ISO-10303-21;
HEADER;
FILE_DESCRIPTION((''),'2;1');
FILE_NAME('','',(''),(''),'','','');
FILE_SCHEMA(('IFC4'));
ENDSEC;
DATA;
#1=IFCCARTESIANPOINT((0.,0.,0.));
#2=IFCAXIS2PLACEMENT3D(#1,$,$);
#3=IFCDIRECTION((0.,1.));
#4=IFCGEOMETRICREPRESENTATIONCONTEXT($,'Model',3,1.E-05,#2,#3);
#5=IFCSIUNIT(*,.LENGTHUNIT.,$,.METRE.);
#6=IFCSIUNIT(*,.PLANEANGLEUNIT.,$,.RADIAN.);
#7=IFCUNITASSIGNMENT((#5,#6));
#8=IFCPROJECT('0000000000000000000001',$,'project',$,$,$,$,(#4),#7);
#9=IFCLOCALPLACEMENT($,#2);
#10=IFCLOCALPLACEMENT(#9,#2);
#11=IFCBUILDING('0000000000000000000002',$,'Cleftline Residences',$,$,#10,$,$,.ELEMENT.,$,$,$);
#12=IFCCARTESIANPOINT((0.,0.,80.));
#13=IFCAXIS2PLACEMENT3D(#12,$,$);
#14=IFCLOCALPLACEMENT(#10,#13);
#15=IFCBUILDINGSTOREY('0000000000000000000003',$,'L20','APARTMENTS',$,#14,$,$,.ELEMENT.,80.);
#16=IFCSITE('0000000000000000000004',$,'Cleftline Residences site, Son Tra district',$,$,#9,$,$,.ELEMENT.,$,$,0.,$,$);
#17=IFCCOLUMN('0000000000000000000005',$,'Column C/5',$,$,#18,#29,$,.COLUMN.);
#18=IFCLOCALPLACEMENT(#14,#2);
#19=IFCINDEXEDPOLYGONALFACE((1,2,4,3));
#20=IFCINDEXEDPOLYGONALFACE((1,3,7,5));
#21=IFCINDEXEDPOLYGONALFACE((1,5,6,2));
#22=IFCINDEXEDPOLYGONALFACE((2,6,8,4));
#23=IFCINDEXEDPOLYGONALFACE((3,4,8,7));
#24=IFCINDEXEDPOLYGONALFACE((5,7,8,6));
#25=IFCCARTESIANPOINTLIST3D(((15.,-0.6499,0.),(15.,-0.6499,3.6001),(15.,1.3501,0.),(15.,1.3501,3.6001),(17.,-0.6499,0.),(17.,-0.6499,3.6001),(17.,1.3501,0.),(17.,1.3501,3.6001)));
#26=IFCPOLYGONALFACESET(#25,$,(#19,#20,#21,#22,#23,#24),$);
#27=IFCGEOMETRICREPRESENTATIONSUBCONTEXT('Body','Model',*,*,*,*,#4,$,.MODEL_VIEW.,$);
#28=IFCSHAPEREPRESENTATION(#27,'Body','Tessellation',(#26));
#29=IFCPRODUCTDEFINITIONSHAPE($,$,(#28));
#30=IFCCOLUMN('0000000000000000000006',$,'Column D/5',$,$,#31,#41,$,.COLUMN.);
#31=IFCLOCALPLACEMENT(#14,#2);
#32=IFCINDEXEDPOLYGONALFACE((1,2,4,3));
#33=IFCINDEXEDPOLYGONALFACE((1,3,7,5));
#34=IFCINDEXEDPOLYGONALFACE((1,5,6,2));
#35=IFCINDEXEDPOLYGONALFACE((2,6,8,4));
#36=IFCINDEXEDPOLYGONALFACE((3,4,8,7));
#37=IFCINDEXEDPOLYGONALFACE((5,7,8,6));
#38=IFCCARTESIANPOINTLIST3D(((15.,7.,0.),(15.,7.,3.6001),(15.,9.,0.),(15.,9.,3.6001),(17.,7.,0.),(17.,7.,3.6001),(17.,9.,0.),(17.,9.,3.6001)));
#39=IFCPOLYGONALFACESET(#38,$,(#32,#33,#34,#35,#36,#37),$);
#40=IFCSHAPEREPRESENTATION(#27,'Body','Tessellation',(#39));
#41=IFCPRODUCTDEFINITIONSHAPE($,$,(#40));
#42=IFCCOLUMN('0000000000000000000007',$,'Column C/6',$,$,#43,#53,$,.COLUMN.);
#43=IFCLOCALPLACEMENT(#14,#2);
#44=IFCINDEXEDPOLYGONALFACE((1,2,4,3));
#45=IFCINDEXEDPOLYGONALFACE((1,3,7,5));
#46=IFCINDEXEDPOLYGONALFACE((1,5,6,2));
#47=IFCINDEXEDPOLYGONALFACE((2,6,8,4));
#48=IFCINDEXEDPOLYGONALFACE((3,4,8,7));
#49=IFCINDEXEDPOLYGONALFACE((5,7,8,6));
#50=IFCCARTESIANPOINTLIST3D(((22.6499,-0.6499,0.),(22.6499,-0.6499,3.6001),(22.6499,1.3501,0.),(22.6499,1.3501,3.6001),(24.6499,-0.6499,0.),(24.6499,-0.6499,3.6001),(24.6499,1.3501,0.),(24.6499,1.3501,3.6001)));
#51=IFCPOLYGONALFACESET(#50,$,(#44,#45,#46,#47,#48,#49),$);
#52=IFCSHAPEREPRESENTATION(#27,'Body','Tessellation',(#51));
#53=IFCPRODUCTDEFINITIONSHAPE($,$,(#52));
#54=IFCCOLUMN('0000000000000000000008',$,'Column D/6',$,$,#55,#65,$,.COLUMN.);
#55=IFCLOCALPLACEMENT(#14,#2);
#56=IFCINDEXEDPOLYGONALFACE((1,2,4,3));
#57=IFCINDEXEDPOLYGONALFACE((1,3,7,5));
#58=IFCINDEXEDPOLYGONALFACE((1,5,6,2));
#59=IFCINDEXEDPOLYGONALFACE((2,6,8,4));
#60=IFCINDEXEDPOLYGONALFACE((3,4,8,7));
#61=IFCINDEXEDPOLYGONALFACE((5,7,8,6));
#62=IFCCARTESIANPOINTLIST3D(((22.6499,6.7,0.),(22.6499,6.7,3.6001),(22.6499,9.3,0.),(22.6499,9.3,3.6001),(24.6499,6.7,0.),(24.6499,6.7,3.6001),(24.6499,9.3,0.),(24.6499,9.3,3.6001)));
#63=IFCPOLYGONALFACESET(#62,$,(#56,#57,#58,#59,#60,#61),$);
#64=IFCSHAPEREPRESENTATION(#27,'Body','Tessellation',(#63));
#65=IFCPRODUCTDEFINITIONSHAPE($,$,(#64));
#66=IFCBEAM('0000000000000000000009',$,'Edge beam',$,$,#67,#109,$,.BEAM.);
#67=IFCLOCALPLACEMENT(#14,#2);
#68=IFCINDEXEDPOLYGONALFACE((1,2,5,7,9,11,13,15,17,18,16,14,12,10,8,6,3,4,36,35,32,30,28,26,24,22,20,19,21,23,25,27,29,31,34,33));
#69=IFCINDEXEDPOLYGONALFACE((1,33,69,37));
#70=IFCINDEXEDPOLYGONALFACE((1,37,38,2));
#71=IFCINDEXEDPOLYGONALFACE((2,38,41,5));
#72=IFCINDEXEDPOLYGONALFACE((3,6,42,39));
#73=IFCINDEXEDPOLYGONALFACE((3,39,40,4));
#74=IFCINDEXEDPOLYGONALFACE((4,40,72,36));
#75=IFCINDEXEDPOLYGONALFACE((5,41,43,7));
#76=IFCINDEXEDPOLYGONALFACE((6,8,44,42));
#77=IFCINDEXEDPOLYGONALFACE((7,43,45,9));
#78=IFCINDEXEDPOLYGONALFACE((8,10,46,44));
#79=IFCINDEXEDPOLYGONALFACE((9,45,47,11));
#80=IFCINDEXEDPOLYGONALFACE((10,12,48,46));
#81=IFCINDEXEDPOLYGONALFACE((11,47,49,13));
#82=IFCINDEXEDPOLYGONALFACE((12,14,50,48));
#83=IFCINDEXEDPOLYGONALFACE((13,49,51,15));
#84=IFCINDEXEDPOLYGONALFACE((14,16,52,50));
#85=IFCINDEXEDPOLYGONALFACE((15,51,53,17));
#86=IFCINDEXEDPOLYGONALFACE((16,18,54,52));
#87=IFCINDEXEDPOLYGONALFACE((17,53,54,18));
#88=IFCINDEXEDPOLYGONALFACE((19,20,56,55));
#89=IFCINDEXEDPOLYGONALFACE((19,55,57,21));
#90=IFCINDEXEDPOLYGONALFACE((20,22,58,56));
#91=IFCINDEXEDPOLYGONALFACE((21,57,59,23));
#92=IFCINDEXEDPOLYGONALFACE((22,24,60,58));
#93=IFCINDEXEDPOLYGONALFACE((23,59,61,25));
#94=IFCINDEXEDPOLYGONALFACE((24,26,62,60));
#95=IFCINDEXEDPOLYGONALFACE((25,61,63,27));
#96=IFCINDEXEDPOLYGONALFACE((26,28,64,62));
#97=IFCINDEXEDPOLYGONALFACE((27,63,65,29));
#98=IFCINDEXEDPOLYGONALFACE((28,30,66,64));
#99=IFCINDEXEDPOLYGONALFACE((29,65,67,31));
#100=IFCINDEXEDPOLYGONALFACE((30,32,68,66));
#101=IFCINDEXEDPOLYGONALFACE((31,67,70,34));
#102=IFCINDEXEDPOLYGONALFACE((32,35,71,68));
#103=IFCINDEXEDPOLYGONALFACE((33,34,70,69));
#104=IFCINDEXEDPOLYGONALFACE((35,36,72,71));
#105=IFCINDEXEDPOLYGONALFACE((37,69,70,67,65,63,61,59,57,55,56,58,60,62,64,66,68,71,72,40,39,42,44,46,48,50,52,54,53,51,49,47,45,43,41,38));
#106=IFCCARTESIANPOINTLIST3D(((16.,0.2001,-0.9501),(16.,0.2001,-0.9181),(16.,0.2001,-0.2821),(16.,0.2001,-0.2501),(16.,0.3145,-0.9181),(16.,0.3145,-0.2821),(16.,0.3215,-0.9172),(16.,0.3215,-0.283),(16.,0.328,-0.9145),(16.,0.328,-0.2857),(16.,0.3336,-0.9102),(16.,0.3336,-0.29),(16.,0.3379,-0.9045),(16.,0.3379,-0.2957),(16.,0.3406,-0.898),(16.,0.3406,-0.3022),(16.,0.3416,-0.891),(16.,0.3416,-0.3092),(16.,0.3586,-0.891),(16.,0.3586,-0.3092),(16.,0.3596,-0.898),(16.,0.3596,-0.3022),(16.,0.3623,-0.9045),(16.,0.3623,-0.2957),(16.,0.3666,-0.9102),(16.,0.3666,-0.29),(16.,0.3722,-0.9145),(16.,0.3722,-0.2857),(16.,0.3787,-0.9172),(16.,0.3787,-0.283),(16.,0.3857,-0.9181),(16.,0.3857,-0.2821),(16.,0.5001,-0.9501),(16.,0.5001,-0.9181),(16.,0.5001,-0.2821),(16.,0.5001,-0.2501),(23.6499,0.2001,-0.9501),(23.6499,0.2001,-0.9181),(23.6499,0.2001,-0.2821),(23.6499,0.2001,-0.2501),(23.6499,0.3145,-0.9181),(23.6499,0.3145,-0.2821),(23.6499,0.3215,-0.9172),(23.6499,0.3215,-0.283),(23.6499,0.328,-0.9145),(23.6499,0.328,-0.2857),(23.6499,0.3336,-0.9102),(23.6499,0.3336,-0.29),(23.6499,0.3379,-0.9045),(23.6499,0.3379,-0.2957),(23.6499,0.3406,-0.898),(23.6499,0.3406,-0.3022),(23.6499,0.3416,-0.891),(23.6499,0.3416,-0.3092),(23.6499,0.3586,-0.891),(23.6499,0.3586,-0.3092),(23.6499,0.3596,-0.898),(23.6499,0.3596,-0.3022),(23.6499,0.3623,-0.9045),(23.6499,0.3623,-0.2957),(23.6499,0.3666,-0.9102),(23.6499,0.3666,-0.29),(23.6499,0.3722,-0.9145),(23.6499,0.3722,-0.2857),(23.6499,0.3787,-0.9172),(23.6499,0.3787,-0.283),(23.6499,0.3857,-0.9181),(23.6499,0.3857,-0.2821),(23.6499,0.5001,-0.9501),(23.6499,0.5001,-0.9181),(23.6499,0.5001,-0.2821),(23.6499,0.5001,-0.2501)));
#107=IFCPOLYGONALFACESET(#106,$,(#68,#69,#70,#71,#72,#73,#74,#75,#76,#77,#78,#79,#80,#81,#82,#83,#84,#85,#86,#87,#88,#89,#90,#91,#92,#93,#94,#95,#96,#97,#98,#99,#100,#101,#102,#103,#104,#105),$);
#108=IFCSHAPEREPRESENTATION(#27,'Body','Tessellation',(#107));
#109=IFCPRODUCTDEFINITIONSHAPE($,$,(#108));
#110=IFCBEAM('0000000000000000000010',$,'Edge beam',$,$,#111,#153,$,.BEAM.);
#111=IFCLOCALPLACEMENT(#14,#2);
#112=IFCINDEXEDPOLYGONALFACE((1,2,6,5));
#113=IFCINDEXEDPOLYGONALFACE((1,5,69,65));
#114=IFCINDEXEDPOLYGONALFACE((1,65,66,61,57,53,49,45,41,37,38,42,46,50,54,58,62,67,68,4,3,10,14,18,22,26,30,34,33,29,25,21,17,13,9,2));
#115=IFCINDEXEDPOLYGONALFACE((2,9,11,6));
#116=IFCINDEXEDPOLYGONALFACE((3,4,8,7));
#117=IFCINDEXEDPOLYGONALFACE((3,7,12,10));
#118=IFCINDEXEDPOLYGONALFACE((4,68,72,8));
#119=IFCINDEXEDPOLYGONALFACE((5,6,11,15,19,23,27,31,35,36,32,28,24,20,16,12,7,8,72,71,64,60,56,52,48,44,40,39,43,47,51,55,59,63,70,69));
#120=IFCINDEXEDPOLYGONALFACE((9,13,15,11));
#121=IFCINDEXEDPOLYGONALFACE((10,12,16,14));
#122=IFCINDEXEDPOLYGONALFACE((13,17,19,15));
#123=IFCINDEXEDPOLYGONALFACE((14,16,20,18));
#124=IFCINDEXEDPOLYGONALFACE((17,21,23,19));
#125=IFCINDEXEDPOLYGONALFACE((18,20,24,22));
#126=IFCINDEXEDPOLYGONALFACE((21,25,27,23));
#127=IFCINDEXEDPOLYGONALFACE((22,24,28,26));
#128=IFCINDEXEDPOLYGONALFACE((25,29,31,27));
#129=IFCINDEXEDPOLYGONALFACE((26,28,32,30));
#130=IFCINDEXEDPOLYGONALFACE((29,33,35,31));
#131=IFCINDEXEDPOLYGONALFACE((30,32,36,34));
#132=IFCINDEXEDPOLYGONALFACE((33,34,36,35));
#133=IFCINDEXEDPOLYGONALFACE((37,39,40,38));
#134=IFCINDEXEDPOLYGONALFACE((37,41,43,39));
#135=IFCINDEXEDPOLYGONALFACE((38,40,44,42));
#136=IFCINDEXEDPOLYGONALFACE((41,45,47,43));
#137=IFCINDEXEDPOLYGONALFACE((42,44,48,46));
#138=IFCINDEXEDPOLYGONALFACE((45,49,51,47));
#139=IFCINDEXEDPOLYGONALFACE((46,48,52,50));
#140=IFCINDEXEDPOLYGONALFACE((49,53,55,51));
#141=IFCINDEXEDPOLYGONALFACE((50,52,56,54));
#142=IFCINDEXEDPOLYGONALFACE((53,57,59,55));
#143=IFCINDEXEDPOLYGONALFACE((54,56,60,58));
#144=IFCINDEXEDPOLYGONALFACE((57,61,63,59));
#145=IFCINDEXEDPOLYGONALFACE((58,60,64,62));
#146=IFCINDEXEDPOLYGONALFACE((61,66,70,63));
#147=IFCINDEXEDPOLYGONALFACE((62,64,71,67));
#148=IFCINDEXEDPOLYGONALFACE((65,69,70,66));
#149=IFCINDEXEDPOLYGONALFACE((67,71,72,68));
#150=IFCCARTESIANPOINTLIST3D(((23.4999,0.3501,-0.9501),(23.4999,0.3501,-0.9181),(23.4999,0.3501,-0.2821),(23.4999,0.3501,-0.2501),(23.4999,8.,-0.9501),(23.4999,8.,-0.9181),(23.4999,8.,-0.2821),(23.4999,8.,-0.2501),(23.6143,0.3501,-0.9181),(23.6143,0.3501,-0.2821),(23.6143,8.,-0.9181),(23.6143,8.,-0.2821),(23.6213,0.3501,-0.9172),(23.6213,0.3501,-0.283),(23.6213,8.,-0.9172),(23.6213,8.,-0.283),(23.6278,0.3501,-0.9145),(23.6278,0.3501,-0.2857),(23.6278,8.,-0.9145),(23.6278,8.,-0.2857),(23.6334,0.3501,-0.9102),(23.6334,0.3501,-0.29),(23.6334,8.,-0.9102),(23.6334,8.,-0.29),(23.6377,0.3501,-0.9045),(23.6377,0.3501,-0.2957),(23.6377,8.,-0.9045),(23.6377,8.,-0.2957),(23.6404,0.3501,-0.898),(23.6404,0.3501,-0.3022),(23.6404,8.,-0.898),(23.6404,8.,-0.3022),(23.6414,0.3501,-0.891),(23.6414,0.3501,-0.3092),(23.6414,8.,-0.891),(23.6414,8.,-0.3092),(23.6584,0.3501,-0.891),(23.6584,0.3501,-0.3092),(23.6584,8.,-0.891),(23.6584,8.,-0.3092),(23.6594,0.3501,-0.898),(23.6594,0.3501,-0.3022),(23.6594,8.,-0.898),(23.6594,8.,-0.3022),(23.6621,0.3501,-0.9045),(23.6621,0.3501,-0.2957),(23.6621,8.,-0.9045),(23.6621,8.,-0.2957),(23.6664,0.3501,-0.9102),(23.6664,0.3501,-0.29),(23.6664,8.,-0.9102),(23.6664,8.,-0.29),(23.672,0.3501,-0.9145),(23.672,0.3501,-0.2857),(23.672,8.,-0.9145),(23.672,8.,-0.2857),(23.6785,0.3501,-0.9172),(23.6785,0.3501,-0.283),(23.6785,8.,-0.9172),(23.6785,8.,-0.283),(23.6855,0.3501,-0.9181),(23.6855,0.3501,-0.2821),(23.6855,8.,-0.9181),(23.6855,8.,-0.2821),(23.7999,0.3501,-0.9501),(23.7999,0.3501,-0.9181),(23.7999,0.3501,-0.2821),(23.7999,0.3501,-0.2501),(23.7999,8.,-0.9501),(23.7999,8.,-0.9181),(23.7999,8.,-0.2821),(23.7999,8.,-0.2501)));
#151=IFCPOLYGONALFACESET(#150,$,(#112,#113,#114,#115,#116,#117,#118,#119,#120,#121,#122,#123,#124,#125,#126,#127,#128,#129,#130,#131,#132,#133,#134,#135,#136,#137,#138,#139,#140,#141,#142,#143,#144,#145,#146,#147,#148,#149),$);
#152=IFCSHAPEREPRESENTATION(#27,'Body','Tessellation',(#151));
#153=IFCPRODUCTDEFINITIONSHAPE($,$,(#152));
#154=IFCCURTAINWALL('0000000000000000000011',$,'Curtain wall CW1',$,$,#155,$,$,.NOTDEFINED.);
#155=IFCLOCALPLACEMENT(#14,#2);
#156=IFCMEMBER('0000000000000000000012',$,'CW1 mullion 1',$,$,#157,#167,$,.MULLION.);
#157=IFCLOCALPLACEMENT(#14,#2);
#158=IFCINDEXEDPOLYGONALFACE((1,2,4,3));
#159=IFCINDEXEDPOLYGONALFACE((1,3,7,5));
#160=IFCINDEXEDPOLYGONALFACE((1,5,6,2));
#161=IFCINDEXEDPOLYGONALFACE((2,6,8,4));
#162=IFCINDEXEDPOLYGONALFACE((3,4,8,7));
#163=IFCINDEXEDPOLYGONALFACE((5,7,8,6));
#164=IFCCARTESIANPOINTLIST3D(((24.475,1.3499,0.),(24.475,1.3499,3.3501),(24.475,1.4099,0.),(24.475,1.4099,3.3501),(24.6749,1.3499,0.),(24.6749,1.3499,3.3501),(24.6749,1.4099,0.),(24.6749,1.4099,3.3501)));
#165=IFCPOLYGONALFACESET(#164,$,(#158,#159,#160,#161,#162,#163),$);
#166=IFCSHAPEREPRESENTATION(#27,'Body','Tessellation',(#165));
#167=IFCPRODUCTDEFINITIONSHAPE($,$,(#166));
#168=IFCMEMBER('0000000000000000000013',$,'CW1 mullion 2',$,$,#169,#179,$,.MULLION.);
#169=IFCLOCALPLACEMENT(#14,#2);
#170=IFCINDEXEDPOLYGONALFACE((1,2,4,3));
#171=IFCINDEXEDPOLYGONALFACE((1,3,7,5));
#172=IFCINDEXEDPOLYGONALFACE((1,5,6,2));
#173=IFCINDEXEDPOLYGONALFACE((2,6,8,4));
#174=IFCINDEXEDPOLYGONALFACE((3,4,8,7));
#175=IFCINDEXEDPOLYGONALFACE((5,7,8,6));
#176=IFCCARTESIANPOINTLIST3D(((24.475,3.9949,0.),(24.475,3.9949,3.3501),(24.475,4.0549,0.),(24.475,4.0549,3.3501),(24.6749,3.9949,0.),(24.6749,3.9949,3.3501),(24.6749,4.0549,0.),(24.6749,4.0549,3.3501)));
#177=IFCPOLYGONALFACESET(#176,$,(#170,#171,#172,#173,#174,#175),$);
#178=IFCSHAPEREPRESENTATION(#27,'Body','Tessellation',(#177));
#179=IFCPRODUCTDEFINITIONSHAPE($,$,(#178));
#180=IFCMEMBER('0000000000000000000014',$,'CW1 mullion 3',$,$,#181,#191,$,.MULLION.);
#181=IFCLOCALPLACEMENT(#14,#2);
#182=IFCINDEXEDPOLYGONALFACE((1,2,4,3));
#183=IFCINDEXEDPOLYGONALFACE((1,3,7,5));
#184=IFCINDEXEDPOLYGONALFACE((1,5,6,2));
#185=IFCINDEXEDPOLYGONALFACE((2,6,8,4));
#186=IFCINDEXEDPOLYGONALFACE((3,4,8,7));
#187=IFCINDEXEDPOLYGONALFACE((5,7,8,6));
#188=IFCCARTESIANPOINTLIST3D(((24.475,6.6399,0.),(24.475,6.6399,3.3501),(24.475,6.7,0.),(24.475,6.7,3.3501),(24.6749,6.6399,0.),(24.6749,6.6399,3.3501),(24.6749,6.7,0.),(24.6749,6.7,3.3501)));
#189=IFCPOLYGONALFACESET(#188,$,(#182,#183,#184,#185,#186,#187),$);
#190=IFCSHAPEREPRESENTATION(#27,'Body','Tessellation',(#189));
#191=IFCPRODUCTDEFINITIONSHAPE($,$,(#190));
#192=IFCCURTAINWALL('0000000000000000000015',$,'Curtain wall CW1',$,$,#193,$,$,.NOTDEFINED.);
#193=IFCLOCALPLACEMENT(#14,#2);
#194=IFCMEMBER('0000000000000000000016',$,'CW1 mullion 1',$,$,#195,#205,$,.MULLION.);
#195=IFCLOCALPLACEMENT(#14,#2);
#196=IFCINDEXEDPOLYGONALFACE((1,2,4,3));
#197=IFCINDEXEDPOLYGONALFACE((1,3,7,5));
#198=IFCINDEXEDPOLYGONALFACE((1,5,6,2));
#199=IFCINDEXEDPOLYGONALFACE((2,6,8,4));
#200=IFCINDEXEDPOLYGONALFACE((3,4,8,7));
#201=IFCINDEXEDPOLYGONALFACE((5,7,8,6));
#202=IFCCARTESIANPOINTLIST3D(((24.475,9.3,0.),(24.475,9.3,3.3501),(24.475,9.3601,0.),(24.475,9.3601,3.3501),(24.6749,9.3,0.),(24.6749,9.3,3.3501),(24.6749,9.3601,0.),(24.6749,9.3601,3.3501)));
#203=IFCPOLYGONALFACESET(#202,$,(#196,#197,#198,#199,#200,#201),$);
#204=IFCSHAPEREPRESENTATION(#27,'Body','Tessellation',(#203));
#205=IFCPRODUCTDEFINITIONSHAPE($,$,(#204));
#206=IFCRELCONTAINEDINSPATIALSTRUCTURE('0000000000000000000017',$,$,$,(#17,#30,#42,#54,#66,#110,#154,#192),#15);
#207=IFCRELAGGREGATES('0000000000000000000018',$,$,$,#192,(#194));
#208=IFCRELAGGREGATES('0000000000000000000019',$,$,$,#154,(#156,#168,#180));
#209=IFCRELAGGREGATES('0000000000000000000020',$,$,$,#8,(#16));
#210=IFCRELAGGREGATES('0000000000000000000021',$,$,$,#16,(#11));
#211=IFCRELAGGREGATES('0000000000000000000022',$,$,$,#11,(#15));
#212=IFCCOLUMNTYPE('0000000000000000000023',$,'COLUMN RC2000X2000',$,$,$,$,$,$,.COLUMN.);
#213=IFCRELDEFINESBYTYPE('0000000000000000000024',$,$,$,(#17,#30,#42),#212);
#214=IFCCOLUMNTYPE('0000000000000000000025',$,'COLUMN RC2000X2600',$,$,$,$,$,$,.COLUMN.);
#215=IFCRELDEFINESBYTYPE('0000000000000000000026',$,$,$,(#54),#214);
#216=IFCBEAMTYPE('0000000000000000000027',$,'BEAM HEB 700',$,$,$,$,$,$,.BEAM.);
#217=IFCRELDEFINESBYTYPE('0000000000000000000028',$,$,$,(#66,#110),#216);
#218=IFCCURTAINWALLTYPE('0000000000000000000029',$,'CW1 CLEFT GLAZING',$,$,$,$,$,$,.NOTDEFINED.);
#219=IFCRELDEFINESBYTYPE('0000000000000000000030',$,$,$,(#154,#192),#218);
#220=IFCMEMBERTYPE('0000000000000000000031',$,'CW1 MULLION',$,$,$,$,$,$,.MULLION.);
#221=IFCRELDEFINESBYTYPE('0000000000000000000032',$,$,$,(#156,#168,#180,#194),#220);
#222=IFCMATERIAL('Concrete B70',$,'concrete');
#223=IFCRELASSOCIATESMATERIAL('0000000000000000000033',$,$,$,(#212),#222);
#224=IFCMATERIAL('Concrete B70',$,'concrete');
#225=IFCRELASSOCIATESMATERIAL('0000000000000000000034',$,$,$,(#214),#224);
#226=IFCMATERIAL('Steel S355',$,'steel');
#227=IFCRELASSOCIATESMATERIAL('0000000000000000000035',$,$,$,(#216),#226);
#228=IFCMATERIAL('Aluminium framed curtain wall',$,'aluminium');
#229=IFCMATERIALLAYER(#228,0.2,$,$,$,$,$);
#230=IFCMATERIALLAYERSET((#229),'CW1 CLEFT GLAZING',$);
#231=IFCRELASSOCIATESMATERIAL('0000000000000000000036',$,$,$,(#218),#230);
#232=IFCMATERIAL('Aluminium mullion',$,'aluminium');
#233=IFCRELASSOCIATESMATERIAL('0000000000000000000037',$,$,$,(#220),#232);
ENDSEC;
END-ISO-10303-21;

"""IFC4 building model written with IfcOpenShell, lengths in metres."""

from ifc_helpers import new_model, si_unit, direction, frame, origin, origin_2d, place, context, subcontext, project, spatial, rectangle, i_section, extrude, material, layer, layer_set, material_profile, profile_set, type_object, element, aggregate, save


model = new_model("IFC4")

# Units and contexts
model_context = context("Model", 3, precision=1e-05, world=origin(), true_north=direction((0.0, 1.0)))
body_context = subcontext(model_context, "Body", "Model", "MODEL_VIEW")
ifc_project = project(units=[si_unit("LENGTHUNIT", "METRE"), si_unit("PLANEANGLEUNIT", "RADIAN")], contexts=[model_context])

# Site, building, storey
site_placement = place(None, origin())
site = spatial("IfcSite", under=ifc_project, at=site_placement, Name="Cleftline Residences site, Son Tra district", CompositionType="ELEMENT", RefElevation=0.0)
building_placement = place(site_placement, origin())
building = spatial("IfcBuilding", under=site, at=building_placement, Name="Cleftline Residences", CompositionType="ELEMENT")
storey_placement = place(building_placement, frame((0.0, 0.0, 80.0)))
storey = spatial("IfcBuildingStorey", under=building, at=storey_placement, Name="L20", Description="APARTMENTS", CompositionType="ELEMENT", Elevation=80.0)

# Columns
ifc_material_1 = material(Name="Concrete B70", Category="concrete")
ifc_material_profile_1 = material_profile(ifc_material_1, rectangle(XDim=2.0, YDim=2.0, at=origin_2d()))
ifc_profile_set_1 = profile_set([ifc_material_profile_1], Name="Concrete B70")
column_type_1 = type_object("IfcColumnType", Name="COLUMN RC2000X2000", PredefinedType="COLUMN", material=ifc_profile_set_1)
for number, where, z_axis, x_axis, name in (
    (1, (16.0, 0.3501, 0.0), (0.0, 0.0, 1.0), (1.0, 0.0, 0.0), "Column C/5"),
    (2, (16.0, 8.0, 0.0), (0.0, 0.0, 1.0), (1.0, 0.0, 0.0), "Column D/5"),
    (3, (23.6499, 0.3501, 0.0), (0.0, 0.0, 1.0), (1.0, 0.0, 0.0), "Column C/6"),
):
    element("IfcColumn", number, at=place(storey_placement, frame(where, z_axis=z_axis, x_axis=x_axis)), inside=storey, type_object=column_type_1, Name=name, PredefinedType="COLUMN", context=body_context, shape_type="SweptSolid", body=[
        extrude(rectangle(XDim=2.0, YDim=2.0, at=origin_2d()), origin(), (0.0, 0.0, 1.0), 3.6001),
    ])
ifc_material_2 = material(Name="Concrete B70", Category="concrete")
ifc_material_profile_2 = material_profile(ifc_material_2, rectangle(XDim=2.0, YDim=2.6001, at=origin_2d()))
ifc_profile_set_2 = profile_set([ifc_material_profile_2], Name="Concrete B70")
column_type_2 = type_object("IfcColumnType", Name="COLUMN RC2000X2600", PredefinedType="COLUMN", material=ifc_profile_set_2)
column_placement = place(storey_placement, frame((23.6499, 8.0, 0.0), z_axis=(0.0, 0.0, 1.0), x_axis=(1.0, 0.0, 0.0)))
element("IfcColumn", 4, at=column_placement, inside=storey, type_object=column_type_2, Name="Column D/6", PredefinedType="COLUMN", context=body_context, shape_type="SweptSolid", body=[
    extrude(rectangle(XDim=2.0, YDim=2.6001, at=origin_2d()), origin(), (0.0, 0.0, 1.0), 3.6001),
])

# Beams
ifc_material_3 = material(Name="Steel S355", Category="steel")
ifc_material_profile_3 = material_profile(ifc_material_3, i_section(OverallWidth=0.3, OverallDepth=0.7, WebThickness=0.0171, FlangeThickness=0.032, FilletRadius=0.0271, at=origin_2d()))
ifc_profile_set_3 = profile_set([ifc_material_profile_3], Name="Steel S355")
beam_type = type_object("IfcBeamType", Name="BEAM HEB 700", PredefinedType="BEAM", material=ifc_profile_set_3)
for number, where, z_axis, x_axis, name in (
    (5, (16.0, 0.3501, -0.6001), (1.0, 0.0, 0.0), (0.0, 1.0, 0.0), "Edge beam"),
    (6, (23.6499, 0.3501, -0.6001), (0.0, 1.0, 0.0), (-1.0, 0.0, 0.0), "Edge beam"),
):
    element("IfcBeam", number, at=place(storey_placement, frame(where, z_axis=z_axis, x_axis=x_axis)), inside=storey, type_object=beam_type, Name=name, PredefinedType="BEAM", context=body_context, shape_type="SweptSolid", body=[
        extrude(i_section(OverallWidth=0.3, OverallDepth=0.7, WebThickness=0.0171, FlangeThickness=0.032, FilletRadius=0.0271, at=origin_2d()), origin(), (0.0, 0.0, 1.0), 7.6499),
    ])

# Curtain wall, members
ifc_material_4 = material(Name="Aluminium framed curtain wall", Category="aluminium")
ifc_layer_1 = layer(ifc_material_4, 0.2)
ifc_layer_set_1 = layer_set([ifc_layer_1], Name="CW1 CLEFT GLAZING")
curtain_wall_type = type_object("IfcCurtainWallType", Name="CW1 CLEFT GLAZING", PredefinedType="NOTDEFINED", material=ifc_layer_set_1)
curtain_wall_1_placement = place(storey_placement, origin())
curtain_wall_1 = element("IfcCurtainWall", 7, at=curtain_wall_1_placement, inside=storey, type_object=curtain_wall_type, Name="Curtain wall CW1", PredefinedType="NOTDEFINED")
ifc_material_5 = material(Name="Aluminium mullion", Category="aluminium")
ifc_material_profile_4 = material_profile(ifc_material_5, rectangle(XDim=0.2, YDim=0.0601, at=origin_2d()))
ifc_profile_set_4 = profile_set([ifc_material_profile_4], Name="Aluminium mullion")
member_type_1 = type_object("IfcMemberType", Name="CW1 MULLION", PredefinedType="MULLION", material=ifc_profile_set_4)
member_1_placement = place(storey_placement, frame((24.575, 1.3799, 0.0), z_axis=(0.0, 0.0, 1.0), x_axis=(-1.0, 0.0, 0.0)))
member_1 = element("IfcMember", 8, at=member_1_placement, type_object=member_type_1, Name="CW1 mullion 1", PredefinedType="MULLION", context=body_context, shape_type="SweptSolid", body=[
    extrude(rectangle(XDim=0.2, YDim=0.0601, at=origin_2d()), origin(), (0.0, 0.0, 1.0), 3.3501),
])
member_2_placement = place(storey_placement, frame((24.575, 4.0249, 0.0), z_axis=(0.0, 0.0, 1.0), x_axis=(-1.0, 0.0, 0.0)))
member_2 = element("IfcMember", 9, at=member_2_placement, type_object=member_type_1, Name="CW1 mullion 2", PredefinedType="MULLION", context=body_context, shape_type="SweptSolid", body=[
    extrude(rectangle(XDim=0.2, YDim=0.0601, at=origin_2d()), origin(), (0.0, 0.0, 1.0), 3.3501),
])
member_3_placement = place(storey_placement, frame((24.575, 6.6699, 0.0), z_axis=(0.0, 0.0, 1.0), x_axis=(-1.0, 0.0, 0.0)))
member_3 = element("IfcMember", 10, at=member_3_placement, type_object=member_type_1, Name="CW1 mullion 3", PredefinedType="MULLION", context=body_context, shape_type="SweptSolid", body=[
    extrude(rectangle(XDim=0.2, YDim=0.0601, at=origin_2d()), origin(), (0.0, 0.0, 1.0), 3.3501),
])

# Curtain wall, member
curtain_wall_2_placement = place(storey_placement, origin())
curtain_wall_2 = element("IfcCurtainWall", 11, at=curtain_wall_2_placement, inside=storey, type_object=curtain_wall_type, Name="Curtain wall CW1", PredefinedType="NOTDEFINED")
member_4_placement = place(storey_placement, frame((24.575, 9.3301, 0.0), z_axis=(0.0, 0.0, 1.0), x_axis=(-1.0, 0.0, 0.0)))
member_4 = element("IfcMember", 12, at=member_4_placement, type_object=member_type_1, Name="CW1 mullion 1", PredefinedType="MULLION", context=body_context, shape_type="SweptSolid", body=[
    extrude(rectangle(XDim=0.2, YDim=0.0601, at=origin_2d()), origin(), (0.0, 0.0, 1.0), 3.3501),
])

aggregate(curtain_wall_2, [member_4])

aggregate(curtain_wall_1, [member_1, member_2, member_3])

save(model, "model.ifc")
